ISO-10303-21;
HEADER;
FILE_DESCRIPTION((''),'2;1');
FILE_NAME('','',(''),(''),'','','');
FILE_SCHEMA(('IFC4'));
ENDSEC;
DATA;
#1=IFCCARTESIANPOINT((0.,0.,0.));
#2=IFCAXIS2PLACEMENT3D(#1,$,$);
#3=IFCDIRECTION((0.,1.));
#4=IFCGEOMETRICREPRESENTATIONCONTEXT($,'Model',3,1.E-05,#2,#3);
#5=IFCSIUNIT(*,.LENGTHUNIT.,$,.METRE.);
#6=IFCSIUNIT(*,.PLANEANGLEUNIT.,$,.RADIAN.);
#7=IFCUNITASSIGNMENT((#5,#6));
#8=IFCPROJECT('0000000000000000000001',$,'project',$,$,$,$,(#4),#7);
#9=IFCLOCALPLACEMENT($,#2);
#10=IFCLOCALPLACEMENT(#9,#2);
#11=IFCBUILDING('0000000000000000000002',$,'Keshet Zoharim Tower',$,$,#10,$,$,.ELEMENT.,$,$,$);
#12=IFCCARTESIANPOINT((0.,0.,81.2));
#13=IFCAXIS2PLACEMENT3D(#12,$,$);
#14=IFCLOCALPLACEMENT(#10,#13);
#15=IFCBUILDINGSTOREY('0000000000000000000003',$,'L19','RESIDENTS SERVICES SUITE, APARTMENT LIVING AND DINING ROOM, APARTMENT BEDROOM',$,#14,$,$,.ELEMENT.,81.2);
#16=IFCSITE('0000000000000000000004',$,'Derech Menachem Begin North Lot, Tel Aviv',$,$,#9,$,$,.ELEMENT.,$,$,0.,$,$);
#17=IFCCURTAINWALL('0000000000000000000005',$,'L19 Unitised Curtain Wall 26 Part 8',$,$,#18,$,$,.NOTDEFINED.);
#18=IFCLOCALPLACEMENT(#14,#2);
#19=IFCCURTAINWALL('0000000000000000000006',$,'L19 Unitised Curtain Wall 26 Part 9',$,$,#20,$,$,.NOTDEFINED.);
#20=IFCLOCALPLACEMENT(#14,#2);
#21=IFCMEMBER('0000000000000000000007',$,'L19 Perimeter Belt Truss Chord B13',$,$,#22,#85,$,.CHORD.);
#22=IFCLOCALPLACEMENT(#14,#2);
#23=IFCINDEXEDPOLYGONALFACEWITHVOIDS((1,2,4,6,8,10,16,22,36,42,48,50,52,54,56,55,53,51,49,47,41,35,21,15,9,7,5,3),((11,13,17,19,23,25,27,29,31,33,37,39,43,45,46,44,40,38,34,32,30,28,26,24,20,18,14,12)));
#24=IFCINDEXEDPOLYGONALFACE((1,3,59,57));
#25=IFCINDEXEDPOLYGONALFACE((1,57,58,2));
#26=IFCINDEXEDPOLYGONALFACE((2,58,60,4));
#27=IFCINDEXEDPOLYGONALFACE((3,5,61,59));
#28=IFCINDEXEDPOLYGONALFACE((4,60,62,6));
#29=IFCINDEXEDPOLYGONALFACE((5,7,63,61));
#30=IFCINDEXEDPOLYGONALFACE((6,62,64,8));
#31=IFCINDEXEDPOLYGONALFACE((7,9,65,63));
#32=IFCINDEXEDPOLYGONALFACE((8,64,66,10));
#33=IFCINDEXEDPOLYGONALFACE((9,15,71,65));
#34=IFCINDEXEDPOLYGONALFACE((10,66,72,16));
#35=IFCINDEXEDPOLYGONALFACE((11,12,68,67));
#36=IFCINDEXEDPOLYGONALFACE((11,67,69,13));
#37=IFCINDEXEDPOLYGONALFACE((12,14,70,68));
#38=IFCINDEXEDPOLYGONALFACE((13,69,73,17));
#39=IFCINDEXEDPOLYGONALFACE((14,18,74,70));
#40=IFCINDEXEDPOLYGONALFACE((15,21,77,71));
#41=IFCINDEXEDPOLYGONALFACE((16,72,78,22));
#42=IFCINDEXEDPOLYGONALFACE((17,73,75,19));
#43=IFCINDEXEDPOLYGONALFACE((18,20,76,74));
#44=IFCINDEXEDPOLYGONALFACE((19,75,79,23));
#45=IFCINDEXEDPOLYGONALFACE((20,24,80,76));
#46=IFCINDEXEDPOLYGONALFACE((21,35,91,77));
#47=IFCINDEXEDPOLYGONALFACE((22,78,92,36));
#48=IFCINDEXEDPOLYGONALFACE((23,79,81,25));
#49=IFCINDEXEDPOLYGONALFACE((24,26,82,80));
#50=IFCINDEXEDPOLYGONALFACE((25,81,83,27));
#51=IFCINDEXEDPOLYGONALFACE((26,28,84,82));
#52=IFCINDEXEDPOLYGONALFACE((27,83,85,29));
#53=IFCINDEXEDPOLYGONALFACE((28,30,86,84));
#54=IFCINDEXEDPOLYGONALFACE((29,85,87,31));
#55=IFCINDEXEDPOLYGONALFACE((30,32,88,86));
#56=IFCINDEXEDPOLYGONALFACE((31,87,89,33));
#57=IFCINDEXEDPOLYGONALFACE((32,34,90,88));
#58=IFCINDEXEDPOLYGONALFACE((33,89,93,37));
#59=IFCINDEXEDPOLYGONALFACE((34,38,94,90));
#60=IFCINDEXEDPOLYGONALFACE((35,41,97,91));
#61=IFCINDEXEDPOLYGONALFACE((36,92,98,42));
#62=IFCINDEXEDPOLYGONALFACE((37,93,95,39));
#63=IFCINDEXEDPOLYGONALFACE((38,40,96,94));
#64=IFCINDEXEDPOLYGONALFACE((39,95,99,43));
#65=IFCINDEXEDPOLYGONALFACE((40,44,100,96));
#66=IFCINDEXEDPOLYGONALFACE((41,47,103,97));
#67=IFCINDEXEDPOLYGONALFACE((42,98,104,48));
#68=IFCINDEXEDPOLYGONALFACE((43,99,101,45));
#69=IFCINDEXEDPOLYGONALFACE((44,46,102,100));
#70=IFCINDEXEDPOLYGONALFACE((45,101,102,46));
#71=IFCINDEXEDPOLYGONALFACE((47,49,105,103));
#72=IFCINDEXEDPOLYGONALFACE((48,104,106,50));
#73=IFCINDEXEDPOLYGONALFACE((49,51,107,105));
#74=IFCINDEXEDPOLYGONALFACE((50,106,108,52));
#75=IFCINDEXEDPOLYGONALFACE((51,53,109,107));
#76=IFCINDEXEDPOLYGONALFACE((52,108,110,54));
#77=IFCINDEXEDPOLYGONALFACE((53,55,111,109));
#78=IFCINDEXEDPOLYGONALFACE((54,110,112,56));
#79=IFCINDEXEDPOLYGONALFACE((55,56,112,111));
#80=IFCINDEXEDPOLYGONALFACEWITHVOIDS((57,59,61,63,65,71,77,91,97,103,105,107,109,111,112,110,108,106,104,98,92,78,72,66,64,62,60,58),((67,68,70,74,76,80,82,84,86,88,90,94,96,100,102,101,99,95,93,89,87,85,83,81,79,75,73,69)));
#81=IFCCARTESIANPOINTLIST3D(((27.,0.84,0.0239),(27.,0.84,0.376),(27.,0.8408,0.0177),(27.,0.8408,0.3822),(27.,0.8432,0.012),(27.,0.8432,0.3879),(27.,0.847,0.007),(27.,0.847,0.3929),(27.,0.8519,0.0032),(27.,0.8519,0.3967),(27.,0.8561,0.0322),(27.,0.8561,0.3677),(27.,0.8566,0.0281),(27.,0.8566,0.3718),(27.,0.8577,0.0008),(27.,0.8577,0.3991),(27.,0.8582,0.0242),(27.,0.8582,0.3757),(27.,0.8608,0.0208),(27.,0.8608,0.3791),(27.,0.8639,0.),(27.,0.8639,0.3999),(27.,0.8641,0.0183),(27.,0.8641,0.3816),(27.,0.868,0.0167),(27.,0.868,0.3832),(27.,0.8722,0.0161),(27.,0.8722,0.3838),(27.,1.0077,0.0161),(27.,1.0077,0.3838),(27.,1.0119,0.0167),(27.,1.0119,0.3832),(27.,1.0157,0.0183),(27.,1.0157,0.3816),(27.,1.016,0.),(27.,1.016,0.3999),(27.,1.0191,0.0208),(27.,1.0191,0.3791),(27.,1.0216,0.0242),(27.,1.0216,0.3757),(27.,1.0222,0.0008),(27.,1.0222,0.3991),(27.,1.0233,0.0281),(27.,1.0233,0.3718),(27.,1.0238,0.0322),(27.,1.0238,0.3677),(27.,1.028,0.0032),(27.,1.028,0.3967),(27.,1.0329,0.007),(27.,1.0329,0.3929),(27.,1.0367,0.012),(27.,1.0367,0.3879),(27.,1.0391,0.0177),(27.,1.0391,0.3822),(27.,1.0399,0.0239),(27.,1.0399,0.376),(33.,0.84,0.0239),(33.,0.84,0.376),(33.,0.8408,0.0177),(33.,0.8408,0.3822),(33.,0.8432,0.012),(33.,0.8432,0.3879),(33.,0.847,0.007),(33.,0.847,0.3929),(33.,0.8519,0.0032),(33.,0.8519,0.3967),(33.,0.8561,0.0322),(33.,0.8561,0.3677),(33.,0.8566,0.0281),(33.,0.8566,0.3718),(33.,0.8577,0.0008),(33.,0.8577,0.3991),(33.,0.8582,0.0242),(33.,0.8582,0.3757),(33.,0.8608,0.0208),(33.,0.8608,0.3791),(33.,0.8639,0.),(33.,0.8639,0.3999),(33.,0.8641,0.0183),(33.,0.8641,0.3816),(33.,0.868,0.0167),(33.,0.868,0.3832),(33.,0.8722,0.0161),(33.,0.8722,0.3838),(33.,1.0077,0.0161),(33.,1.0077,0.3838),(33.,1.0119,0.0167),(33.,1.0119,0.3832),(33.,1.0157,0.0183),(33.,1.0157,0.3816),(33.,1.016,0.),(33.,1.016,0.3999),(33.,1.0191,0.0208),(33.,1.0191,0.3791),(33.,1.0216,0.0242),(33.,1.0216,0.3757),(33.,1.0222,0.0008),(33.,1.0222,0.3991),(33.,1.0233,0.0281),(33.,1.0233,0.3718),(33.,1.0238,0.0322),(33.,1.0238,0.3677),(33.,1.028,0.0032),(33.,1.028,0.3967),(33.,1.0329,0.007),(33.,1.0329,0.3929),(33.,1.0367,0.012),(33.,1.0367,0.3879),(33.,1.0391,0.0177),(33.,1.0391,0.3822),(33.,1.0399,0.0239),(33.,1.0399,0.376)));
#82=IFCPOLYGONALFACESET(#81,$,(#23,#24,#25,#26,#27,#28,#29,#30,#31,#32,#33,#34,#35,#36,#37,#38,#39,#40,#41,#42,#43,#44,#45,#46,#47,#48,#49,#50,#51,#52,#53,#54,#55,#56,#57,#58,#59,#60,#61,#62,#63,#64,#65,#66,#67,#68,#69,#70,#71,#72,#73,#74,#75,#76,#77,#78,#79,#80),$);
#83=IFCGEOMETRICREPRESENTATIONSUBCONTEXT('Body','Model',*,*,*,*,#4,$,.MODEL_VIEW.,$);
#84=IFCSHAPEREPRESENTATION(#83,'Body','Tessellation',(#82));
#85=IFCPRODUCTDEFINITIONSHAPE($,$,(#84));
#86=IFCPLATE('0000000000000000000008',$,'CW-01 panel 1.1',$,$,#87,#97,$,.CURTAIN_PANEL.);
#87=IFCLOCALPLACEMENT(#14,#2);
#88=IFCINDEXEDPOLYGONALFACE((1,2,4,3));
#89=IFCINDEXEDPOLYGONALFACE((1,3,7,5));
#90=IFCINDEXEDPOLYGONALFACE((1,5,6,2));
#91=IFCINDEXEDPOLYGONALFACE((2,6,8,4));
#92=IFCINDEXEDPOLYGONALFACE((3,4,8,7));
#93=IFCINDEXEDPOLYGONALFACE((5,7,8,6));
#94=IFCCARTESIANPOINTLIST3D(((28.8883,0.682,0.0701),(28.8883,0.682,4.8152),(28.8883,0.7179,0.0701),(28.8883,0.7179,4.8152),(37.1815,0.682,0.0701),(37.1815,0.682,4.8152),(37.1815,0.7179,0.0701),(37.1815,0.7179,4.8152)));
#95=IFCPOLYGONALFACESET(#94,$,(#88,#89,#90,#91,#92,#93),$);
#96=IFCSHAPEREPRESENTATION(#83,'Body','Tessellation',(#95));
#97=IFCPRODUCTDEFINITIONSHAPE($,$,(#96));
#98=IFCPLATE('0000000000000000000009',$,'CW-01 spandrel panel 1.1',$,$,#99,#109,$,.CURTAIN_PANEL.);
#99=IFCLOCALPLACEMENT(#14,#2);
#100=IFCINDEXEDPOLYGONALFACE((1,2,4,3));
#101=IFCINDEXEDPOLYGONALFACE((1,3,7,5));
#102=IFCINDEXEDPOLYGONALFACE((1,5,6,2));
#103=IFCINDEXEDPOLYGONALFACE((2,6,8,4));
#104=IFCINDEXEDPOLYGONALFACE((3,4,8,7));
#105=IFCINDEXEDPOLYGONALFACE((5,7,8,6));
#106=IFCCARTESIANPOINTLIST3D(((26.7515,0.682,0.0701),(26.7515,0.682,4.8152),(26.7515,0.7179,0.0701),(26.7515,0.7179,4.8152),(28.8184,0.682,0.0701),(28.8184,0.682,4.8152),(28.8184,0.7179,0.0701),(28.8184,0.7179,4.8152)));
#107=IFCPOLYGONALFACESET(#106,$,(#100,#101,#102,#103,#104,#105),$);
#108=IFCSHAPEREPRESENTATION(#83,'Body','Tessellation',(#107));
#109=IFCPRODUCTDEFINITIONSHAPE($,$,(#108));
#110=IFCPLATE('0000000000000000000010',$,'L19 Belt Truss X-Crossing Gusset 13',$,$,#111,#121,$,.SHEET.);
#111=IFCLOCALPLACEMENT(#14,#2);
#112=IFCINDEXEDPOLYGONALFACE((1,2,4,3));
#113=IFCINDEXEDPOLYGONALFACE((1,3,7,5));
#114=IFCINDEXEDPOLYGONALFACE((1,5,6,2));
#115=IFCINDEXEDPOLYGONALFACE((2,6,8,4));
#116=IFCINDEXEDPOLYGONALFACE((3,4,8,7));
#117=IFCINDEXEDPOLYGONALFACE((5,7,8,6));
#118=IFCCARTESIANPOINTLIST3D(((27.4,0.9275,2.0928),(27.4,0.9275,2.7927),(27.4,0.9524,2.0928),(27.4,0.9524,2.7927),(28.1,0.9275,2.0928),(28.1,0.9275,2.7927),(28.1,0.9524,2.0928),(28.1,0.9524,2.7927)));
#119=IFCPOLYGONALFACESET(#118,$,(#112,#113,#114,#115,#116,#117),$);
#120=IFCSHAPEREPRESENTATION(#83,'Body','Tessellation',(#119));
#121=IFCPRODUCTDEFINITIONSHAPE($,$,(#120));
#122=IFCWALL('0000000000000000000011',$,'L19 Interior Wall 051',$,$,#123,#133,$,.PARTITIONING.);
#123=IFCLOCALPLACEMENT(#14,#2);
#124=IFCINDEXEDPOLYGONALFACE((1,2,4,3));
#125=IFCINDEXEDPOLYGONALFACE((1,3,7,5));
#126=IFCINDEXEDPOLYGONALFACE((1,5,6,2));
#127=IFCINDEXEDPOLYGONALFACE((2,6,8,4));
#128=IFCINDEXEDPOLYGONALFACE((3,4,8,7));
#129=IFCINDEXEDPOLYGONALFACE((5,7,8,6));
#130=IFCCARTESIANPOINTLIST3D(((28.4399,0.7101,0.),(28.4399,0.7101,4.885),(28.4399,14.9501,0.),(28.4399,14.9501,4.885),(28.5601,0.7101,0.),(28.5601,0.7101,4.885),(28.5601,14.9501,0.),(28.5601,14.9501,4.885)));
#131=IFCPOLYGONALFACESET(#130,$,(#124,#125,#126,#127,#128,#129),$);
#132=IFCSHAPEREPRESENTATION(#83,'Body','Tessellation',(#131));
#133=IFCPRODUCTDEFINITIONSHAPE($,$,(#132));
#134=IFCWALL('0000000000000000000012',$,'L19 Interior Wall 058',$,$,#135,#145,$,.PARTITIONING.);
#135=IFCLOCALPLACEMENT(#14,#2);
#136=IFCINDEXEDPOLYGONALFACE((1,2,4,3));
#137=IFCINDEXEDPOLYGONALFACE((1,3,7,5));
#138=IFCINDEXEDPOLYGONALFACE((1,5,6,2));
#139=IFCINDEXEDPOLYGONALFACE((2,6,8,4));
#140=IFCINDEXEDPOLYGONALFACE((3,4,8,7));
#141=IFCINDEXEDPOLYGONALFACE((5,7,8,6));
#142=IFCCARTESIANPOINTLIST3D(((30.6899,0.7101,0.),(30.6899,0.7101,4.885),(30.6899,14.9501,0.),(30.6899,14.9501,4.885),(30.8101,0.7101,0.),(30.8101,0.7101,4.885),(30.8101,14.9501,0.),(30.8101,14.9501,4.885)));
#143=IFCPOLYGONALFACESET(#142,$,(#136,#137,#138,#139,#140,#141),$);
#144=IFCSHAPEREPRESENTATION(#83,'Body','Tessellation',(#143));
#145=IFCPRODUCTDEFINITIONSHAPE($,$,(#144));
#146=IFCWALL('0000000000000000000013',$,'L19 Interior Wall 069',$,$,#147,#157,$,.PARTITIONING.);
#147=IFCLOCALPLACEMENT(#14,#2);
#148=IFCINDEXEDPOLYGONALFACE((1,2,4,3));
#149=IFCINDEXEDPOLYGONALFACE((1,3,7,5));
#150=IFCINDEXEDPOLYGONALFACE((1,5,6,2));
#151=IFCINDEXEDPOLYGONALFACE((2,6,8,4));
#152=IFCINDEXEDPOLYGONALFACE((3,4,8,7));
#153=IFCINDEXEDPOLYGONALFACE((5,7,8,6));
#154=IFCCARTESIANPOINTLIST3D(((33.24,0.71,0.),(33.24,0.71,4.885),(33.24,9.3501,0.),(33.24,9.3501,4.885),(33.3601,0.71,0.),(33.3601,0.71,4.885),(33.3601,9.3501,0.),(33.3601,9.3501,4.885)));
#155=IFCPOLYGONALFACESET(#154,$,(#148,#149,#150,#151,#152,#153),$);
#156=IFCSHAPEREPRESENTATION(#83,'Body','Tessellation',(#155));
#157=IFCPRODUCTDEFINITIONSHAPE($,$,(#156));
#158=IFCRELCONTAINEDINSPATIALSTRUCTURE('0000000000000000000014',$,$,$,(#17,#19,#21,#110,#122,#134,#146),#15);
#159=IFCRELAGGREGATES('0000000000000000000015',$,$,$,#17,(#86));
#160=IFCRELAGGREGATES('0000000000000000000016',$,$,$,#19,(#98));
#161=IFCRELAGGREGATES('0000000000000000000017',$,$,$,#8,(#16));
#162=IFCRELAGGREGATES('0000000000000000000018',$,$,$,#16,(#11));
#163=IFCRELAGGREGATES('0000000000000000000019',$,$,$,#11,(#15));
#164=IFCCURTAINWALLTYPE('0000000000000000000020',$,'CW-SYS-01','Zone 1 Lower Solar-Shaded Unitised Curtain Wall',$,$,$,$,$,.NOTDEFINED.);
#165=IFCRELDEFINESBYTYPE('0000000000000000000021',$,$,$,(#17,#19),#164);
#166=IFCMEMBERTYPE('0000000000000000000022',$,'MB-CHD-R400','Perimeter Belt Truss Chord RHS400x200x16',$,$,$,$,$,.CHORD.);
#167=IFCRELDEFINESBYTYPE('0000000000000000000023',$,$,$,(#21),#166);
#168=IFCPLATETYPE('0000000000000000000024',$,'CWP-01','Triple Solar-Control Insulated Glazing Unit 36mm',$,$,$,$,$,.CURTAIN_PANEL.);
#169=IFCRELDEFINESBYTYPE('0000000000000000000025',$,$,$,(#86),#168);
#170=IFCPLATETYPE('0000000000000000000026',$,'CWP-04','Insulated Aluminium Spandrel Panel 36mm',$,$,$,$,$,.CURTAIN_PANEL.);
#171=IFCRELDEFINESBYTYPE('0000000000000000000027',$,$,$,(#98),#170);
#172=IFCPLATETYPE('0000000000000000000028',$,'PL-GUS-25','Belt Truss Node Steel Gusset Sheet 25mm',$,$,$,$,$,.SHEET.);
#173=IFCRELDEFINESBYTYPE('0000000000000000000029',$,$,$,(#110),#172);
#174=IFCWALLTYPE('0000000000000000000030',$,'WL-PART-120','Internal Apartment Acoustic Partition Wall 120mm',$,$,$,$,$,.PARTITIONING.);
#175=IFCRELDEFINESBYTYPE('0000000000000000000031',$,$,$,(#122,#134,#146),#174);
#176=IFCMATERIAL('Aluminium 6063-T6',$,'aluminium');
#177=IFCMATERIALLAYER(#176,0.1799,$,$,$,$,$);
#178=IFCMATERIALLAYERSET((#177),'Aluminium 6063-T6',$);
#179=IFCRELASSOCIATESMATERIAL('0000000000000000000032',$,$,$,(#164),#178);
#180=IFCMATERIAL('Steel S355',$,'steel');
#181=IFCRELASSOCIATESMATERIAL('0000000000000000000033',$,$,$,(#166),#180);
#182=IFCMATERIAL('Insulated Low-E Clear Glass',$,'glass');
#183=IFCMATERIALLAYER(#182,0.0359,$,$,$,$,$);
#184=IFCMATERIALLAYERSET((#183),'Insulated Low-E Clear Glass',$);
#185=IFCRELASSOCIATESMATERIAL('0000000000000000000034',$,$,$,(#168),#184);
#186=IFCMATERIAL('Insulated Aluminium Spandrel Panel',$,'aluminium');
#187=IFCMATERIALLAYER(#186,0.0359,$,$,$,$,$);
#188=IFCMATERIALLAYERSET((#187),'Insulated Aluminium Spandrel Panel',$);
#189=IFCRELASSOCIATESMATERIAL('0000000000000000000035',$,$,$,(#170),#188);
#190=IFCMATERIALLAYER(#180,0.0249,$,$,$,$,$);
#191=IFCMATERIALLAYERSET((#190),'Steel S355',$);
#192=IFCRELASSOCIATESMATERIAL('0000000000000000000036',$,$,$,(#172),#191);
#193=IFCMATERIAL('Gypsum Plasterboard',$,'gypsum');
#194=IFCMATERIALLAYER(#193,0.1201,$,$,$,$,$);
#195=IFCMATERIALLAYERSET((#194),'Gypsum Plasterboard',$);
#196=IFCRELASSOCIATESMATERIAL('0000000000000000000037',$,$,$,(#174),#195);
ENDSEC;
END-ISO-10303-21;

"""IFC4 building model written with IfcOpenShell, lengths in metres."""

from ifc_helpers import new_model, si_unit, direction, frame, frame_2d, origin, origin_2d, place, context, subcontext, project, spatial, rectangle, hollow_rectangle, extrude, material, layer, layer_set, material_profile, profile_set, type_object, element, aggregate, save


model = new_model("IFC4")

# Units and contexts
model_context = context("Model", 3, precision=1e-05, world=origin(), true_north=direction((0.0, 1.0)))
body_context = subcontext(model_context, "Body", "Model", "MODEL_VIEW")
ifc_project = project(units=[si_unit("LENGTHUNIT", "METRE"), si_unit("PLANEANGLEUNIT", "RADIAN")], contexts=[model_context])

# Site, building, storey
site_placement = place(None, origin())
site = spatial("IfcSite", under=ifc_project, at=site_placement, Name="Derech Menachem Begin North Lot, Tel Aviv", CompositionType="ELEMENT", RefElevation=0.0)
building_placement = place(site_placement, origin())
building = spatial("IfcBuilding", under=site, at=building_placement, Name="Keshet Zoharim Tower", CompositionType="ELEMENT")
storey_placement = place(building_placement, frame((0.0, 0.0, 81.2)))
storey = spatial("IfcBuildingStorey", under=building, at=storey_placement, Name="L19", Description="RESIDENTS SERVICES SUITE, APARTMENT LIVING AND DINING ROOM, APARTMENT BEDROOM", CompositionType="ELEMENT", Elevation=81.2)

# Shared definitions
ifc_material_1 = material(Name="Steel S355", Category="steel")

# Curtain wall
ifc_material_2 = material(Name="Aluminium 6063-T6", Category="aluminium")
ifc_layer_1 = layer(ifc_material_2, 0.1799)
ifc_layer_set_1 = layer_set([ifc_layer_1], Name="Aluminium 6063-T6")
curtain_wall_type = type_object("IfcCurtainWallType", Name="CW-SYS-01", Description="Zone 1 Lower Solar-Shaded Unitised Curtain Wall", PredefinedType="NOTDEFINED", material=ifc_layer_set_1)
curtain_wall_1_placement = place(storey_placement, origin())
curtain_wall_1 = element("IfcCurtainWall", 1, at=curtain_wall_1_placement, inside=storey, type_object=curtain_wall_type, Name="L19 Unitised Curtain Wall 26 Part 8", PredefinedType="NOTDEFINED")

# Curtain wall
curtain_wall_2_placement = place(storey_placement, origin())
curtain_wall_2 = element("IfcCurtainWall", 2, at=curtain_wall_2_placement, inside=storey, type_object=curtain_wall_type, Name="L19 Unitised Curtain Wall 26 Part 9", PredefinedType="NOTDEFINED")

# Member
ifc_material_profile_1 = material_profile(ifc_material_1, hollow_rectangle(XDim=0.2, YDim=0.3999, WallThickness=0.0161, InnerFilletRadius=0.0161, OuterFilletRadius=0.0239, at=origin_2d()), Name="RHS400x200x16")
ifc_profile_set_1 = profile_set([ifc_material_profile_1], Name="Steel S355")
member_type_1 = type_object("IfcMemberType", Name="MB-CHD-R400", Description="Perimeter Belt Truss Chord RHS400x200x16", PredefinedType="CHORD", material=ifc_profile_set_1)
member_1_placement = place(storey_placement, frame((33.0, 0.9399, 0.2), z_axis=(-1.0, 0.0, 0.0), x_axis=(0.0, -1.0, 0.0)))
element("IfcMember", 3, at=member_1_placement, inside=storey, type_object=member_type_1, Name="L19 Perimeter Belt Truss Chord B13", PredefinedType="CHORD", context=body_context, shape_type="SweptSolid", body=[
    extrude(hollow_rectangle(XDim=0.2, YDim=0.3999, WallThickness=0.0161, InnerFilletRadius=0.0161, OuterFilletRadius=0.0239, at=origin_2d()), origin(), (0.0, 0.0, 1.0), 6.0),
])

# Plates
ifc_material_3 = material(Name="Insulated Low-E Clear Glass", Category="glass")
ifc_layer_2 = layer(ifc_material_3, 0.0359)
ifc_layer_set_2 = layer_set([ifc_layer_2], Name="Insulated Low-E Clear Glass")
plate_type_1 = type_object("IfcPlateType", Name="CWP-01", Description="Triple Solar-Control Insulated Glazing Unit 36mm", PredefinedType="CURTAIN_PANEL", material=ifc_layer_set_2)
plate_1_placement = place(storey_placement, frame((33.0349, 0.7, 0.0701), z_axis=(0.0, 0.0, 1.0), x_axis=(-1.0, 0.0, 0.0)))
plate_1 = element("IfcPlate", 4, at=plate_1_placement, type_object=plate_type_1, Name="CW-01 panel 1.1", PredefinedType="CURTAIN_PANEL", context=body_context, shape_type="SweptSolid", body=[
    extrude(rectangle(XDim=8.2932, YDim=0.0359, at=origin_2d()), origin(), (0.0, 0.0, 1.0), 4.7451),
])
aggregate(curtain_wall_1, [plate_1])
ifc_material_4 = material(Name="Insulated Aluminium Spandrel Panel", Category="aluminium")
ifc_layer_3 = layer(ifc_material_4, 0.0359)
ifc_layer_set_3 = layer_set([ifc_layer_3], Name="Insulated Aluminium Spandrel Panel")
plate_type_2 = type_object("IfcPlateType", Name="CWP-04", Description="Insulated Aluminium Spandrel Panel 36mm", PredefinedType="CURTAIN_PANEL", material=ifc_layer_set_3)
plate_2_placement = place(storey_placement, frame((27.7849, 0.7, 0.0701), z_axis=(0.0, 0.0, 1.0), x_axis=(-1.0, 0.0, 0.0)))
plate_2 = element("IfcPlate", 5, at=plate_2_placement, type_object=plate_type_2, Name="CW-01 spandrel panel 1.1", PredefinedType="CURTAIN_PANEL", context=body_context, shape_type="SweptSolid", body=[
    extrude(rectangle(XDim=2.0669, YDim=0.0359, at=origin_2d()), origin(), (0.0, 0.0, 1.0), 4.7451),
])
aggregate(curtain_wall_2, [plate_2])
ifc_layer_4 = layer(ifc_material_1, 0.0249)
ifc_layer_set_4 = layer_set([ifc_layer_4], Name="Steel S355")
plate_type_3 = type_object("IfcPlateType", Name="PL-GUS-25", Description="Belt Truss Node Steel Gusset Sheet 25mm", PredefinedType="SHEET", material=ifc_layer_set_4)
plate_3_placement = place(storey_placement, frame((27.75, 0.9399, 2.0928), z_axis=(0.0, 0.0, 1.0), x_axis=(-1.0, 0.0, 0.0)))
element("IfcPlate", 6, at=plate_3_placement, inside=storey, type_object=plate_type_3, Name="L19 Belt Truss X-Crossing Gusset 13", PredefinedType="SHEET", context=body_context, shape_type="SweptSolid", body=[
    extrude(rectangle(XDim=0.7, YDim=0.0249, at=origin_2d()), origin(), (0.0, 0.0, 1.0), 0.7),
])

# Walls
ifc_material_5 = material(Name="Gypsum Plasterboard", Category="gypsum")
ifc_layer_5 = layer(ifc_material_5, 0.1201)
ifc_layer_set_5 = layer_set([ifc_layer_5], Name="Gypsum Plasterboard")
wall_type = type_object("IfcWallType", Name="WL-PART-120", Description="Internal Apartment Acoustic Partition Wall 120mm", PredefinedType="PARTITIONING", material=ifc_layer_set_5)
for number, where, z_axis, x_axis, name in (
    (7, (28.5, 0.71, 0.0), (0.0, 0.0, 1.0), (0.0, 1.0, 0.0), "L19 Interior Wall 051"),
    (8, (30.75, 0.71, 0.0), (0.0, 0.0, 1.0), (0.0, 1.0, 0.0), "L19 Interior Wall 058"),
):
    element("IfcWall", number, at=place(storey_placement, frame(where, z_axis=z_axis, x_axis=x_axis)), inside=storey, type_object=wall_type, Name=name, PredefinedType="PARTITIONING", context=body_context, shape_type="SweptSolid", body=[
        extrude(rectangle(XDim=14.24, YDim=0.1201, at=frame_2d((7.1201, 0.0))), origin(), (0.0, 0.0, 1.0), 4.885),
    ])
wall_placement = place(storey_placement, frame((33.3, 0.71, 0.0), z_axis=(0.0, 0.0, 1.0), x_axis=(0.0, 1.0, 0.0)))
element("IfcWall", 9, at=wall_placement, inside=storey, type_object=wall_type, Name="L19 Interior Wall 069", PredefinedType="PARTITIONING", context=body_context, shape_type="SweptSolid", body=[
    extrude(rectangle(XDim=8.6401, YDim=0.1201, at=frame_2d((4.3201, 0.0))), origin(), (0.0, 0.0, 1.0), 4.885),
])

save(model, "model.ifc")
